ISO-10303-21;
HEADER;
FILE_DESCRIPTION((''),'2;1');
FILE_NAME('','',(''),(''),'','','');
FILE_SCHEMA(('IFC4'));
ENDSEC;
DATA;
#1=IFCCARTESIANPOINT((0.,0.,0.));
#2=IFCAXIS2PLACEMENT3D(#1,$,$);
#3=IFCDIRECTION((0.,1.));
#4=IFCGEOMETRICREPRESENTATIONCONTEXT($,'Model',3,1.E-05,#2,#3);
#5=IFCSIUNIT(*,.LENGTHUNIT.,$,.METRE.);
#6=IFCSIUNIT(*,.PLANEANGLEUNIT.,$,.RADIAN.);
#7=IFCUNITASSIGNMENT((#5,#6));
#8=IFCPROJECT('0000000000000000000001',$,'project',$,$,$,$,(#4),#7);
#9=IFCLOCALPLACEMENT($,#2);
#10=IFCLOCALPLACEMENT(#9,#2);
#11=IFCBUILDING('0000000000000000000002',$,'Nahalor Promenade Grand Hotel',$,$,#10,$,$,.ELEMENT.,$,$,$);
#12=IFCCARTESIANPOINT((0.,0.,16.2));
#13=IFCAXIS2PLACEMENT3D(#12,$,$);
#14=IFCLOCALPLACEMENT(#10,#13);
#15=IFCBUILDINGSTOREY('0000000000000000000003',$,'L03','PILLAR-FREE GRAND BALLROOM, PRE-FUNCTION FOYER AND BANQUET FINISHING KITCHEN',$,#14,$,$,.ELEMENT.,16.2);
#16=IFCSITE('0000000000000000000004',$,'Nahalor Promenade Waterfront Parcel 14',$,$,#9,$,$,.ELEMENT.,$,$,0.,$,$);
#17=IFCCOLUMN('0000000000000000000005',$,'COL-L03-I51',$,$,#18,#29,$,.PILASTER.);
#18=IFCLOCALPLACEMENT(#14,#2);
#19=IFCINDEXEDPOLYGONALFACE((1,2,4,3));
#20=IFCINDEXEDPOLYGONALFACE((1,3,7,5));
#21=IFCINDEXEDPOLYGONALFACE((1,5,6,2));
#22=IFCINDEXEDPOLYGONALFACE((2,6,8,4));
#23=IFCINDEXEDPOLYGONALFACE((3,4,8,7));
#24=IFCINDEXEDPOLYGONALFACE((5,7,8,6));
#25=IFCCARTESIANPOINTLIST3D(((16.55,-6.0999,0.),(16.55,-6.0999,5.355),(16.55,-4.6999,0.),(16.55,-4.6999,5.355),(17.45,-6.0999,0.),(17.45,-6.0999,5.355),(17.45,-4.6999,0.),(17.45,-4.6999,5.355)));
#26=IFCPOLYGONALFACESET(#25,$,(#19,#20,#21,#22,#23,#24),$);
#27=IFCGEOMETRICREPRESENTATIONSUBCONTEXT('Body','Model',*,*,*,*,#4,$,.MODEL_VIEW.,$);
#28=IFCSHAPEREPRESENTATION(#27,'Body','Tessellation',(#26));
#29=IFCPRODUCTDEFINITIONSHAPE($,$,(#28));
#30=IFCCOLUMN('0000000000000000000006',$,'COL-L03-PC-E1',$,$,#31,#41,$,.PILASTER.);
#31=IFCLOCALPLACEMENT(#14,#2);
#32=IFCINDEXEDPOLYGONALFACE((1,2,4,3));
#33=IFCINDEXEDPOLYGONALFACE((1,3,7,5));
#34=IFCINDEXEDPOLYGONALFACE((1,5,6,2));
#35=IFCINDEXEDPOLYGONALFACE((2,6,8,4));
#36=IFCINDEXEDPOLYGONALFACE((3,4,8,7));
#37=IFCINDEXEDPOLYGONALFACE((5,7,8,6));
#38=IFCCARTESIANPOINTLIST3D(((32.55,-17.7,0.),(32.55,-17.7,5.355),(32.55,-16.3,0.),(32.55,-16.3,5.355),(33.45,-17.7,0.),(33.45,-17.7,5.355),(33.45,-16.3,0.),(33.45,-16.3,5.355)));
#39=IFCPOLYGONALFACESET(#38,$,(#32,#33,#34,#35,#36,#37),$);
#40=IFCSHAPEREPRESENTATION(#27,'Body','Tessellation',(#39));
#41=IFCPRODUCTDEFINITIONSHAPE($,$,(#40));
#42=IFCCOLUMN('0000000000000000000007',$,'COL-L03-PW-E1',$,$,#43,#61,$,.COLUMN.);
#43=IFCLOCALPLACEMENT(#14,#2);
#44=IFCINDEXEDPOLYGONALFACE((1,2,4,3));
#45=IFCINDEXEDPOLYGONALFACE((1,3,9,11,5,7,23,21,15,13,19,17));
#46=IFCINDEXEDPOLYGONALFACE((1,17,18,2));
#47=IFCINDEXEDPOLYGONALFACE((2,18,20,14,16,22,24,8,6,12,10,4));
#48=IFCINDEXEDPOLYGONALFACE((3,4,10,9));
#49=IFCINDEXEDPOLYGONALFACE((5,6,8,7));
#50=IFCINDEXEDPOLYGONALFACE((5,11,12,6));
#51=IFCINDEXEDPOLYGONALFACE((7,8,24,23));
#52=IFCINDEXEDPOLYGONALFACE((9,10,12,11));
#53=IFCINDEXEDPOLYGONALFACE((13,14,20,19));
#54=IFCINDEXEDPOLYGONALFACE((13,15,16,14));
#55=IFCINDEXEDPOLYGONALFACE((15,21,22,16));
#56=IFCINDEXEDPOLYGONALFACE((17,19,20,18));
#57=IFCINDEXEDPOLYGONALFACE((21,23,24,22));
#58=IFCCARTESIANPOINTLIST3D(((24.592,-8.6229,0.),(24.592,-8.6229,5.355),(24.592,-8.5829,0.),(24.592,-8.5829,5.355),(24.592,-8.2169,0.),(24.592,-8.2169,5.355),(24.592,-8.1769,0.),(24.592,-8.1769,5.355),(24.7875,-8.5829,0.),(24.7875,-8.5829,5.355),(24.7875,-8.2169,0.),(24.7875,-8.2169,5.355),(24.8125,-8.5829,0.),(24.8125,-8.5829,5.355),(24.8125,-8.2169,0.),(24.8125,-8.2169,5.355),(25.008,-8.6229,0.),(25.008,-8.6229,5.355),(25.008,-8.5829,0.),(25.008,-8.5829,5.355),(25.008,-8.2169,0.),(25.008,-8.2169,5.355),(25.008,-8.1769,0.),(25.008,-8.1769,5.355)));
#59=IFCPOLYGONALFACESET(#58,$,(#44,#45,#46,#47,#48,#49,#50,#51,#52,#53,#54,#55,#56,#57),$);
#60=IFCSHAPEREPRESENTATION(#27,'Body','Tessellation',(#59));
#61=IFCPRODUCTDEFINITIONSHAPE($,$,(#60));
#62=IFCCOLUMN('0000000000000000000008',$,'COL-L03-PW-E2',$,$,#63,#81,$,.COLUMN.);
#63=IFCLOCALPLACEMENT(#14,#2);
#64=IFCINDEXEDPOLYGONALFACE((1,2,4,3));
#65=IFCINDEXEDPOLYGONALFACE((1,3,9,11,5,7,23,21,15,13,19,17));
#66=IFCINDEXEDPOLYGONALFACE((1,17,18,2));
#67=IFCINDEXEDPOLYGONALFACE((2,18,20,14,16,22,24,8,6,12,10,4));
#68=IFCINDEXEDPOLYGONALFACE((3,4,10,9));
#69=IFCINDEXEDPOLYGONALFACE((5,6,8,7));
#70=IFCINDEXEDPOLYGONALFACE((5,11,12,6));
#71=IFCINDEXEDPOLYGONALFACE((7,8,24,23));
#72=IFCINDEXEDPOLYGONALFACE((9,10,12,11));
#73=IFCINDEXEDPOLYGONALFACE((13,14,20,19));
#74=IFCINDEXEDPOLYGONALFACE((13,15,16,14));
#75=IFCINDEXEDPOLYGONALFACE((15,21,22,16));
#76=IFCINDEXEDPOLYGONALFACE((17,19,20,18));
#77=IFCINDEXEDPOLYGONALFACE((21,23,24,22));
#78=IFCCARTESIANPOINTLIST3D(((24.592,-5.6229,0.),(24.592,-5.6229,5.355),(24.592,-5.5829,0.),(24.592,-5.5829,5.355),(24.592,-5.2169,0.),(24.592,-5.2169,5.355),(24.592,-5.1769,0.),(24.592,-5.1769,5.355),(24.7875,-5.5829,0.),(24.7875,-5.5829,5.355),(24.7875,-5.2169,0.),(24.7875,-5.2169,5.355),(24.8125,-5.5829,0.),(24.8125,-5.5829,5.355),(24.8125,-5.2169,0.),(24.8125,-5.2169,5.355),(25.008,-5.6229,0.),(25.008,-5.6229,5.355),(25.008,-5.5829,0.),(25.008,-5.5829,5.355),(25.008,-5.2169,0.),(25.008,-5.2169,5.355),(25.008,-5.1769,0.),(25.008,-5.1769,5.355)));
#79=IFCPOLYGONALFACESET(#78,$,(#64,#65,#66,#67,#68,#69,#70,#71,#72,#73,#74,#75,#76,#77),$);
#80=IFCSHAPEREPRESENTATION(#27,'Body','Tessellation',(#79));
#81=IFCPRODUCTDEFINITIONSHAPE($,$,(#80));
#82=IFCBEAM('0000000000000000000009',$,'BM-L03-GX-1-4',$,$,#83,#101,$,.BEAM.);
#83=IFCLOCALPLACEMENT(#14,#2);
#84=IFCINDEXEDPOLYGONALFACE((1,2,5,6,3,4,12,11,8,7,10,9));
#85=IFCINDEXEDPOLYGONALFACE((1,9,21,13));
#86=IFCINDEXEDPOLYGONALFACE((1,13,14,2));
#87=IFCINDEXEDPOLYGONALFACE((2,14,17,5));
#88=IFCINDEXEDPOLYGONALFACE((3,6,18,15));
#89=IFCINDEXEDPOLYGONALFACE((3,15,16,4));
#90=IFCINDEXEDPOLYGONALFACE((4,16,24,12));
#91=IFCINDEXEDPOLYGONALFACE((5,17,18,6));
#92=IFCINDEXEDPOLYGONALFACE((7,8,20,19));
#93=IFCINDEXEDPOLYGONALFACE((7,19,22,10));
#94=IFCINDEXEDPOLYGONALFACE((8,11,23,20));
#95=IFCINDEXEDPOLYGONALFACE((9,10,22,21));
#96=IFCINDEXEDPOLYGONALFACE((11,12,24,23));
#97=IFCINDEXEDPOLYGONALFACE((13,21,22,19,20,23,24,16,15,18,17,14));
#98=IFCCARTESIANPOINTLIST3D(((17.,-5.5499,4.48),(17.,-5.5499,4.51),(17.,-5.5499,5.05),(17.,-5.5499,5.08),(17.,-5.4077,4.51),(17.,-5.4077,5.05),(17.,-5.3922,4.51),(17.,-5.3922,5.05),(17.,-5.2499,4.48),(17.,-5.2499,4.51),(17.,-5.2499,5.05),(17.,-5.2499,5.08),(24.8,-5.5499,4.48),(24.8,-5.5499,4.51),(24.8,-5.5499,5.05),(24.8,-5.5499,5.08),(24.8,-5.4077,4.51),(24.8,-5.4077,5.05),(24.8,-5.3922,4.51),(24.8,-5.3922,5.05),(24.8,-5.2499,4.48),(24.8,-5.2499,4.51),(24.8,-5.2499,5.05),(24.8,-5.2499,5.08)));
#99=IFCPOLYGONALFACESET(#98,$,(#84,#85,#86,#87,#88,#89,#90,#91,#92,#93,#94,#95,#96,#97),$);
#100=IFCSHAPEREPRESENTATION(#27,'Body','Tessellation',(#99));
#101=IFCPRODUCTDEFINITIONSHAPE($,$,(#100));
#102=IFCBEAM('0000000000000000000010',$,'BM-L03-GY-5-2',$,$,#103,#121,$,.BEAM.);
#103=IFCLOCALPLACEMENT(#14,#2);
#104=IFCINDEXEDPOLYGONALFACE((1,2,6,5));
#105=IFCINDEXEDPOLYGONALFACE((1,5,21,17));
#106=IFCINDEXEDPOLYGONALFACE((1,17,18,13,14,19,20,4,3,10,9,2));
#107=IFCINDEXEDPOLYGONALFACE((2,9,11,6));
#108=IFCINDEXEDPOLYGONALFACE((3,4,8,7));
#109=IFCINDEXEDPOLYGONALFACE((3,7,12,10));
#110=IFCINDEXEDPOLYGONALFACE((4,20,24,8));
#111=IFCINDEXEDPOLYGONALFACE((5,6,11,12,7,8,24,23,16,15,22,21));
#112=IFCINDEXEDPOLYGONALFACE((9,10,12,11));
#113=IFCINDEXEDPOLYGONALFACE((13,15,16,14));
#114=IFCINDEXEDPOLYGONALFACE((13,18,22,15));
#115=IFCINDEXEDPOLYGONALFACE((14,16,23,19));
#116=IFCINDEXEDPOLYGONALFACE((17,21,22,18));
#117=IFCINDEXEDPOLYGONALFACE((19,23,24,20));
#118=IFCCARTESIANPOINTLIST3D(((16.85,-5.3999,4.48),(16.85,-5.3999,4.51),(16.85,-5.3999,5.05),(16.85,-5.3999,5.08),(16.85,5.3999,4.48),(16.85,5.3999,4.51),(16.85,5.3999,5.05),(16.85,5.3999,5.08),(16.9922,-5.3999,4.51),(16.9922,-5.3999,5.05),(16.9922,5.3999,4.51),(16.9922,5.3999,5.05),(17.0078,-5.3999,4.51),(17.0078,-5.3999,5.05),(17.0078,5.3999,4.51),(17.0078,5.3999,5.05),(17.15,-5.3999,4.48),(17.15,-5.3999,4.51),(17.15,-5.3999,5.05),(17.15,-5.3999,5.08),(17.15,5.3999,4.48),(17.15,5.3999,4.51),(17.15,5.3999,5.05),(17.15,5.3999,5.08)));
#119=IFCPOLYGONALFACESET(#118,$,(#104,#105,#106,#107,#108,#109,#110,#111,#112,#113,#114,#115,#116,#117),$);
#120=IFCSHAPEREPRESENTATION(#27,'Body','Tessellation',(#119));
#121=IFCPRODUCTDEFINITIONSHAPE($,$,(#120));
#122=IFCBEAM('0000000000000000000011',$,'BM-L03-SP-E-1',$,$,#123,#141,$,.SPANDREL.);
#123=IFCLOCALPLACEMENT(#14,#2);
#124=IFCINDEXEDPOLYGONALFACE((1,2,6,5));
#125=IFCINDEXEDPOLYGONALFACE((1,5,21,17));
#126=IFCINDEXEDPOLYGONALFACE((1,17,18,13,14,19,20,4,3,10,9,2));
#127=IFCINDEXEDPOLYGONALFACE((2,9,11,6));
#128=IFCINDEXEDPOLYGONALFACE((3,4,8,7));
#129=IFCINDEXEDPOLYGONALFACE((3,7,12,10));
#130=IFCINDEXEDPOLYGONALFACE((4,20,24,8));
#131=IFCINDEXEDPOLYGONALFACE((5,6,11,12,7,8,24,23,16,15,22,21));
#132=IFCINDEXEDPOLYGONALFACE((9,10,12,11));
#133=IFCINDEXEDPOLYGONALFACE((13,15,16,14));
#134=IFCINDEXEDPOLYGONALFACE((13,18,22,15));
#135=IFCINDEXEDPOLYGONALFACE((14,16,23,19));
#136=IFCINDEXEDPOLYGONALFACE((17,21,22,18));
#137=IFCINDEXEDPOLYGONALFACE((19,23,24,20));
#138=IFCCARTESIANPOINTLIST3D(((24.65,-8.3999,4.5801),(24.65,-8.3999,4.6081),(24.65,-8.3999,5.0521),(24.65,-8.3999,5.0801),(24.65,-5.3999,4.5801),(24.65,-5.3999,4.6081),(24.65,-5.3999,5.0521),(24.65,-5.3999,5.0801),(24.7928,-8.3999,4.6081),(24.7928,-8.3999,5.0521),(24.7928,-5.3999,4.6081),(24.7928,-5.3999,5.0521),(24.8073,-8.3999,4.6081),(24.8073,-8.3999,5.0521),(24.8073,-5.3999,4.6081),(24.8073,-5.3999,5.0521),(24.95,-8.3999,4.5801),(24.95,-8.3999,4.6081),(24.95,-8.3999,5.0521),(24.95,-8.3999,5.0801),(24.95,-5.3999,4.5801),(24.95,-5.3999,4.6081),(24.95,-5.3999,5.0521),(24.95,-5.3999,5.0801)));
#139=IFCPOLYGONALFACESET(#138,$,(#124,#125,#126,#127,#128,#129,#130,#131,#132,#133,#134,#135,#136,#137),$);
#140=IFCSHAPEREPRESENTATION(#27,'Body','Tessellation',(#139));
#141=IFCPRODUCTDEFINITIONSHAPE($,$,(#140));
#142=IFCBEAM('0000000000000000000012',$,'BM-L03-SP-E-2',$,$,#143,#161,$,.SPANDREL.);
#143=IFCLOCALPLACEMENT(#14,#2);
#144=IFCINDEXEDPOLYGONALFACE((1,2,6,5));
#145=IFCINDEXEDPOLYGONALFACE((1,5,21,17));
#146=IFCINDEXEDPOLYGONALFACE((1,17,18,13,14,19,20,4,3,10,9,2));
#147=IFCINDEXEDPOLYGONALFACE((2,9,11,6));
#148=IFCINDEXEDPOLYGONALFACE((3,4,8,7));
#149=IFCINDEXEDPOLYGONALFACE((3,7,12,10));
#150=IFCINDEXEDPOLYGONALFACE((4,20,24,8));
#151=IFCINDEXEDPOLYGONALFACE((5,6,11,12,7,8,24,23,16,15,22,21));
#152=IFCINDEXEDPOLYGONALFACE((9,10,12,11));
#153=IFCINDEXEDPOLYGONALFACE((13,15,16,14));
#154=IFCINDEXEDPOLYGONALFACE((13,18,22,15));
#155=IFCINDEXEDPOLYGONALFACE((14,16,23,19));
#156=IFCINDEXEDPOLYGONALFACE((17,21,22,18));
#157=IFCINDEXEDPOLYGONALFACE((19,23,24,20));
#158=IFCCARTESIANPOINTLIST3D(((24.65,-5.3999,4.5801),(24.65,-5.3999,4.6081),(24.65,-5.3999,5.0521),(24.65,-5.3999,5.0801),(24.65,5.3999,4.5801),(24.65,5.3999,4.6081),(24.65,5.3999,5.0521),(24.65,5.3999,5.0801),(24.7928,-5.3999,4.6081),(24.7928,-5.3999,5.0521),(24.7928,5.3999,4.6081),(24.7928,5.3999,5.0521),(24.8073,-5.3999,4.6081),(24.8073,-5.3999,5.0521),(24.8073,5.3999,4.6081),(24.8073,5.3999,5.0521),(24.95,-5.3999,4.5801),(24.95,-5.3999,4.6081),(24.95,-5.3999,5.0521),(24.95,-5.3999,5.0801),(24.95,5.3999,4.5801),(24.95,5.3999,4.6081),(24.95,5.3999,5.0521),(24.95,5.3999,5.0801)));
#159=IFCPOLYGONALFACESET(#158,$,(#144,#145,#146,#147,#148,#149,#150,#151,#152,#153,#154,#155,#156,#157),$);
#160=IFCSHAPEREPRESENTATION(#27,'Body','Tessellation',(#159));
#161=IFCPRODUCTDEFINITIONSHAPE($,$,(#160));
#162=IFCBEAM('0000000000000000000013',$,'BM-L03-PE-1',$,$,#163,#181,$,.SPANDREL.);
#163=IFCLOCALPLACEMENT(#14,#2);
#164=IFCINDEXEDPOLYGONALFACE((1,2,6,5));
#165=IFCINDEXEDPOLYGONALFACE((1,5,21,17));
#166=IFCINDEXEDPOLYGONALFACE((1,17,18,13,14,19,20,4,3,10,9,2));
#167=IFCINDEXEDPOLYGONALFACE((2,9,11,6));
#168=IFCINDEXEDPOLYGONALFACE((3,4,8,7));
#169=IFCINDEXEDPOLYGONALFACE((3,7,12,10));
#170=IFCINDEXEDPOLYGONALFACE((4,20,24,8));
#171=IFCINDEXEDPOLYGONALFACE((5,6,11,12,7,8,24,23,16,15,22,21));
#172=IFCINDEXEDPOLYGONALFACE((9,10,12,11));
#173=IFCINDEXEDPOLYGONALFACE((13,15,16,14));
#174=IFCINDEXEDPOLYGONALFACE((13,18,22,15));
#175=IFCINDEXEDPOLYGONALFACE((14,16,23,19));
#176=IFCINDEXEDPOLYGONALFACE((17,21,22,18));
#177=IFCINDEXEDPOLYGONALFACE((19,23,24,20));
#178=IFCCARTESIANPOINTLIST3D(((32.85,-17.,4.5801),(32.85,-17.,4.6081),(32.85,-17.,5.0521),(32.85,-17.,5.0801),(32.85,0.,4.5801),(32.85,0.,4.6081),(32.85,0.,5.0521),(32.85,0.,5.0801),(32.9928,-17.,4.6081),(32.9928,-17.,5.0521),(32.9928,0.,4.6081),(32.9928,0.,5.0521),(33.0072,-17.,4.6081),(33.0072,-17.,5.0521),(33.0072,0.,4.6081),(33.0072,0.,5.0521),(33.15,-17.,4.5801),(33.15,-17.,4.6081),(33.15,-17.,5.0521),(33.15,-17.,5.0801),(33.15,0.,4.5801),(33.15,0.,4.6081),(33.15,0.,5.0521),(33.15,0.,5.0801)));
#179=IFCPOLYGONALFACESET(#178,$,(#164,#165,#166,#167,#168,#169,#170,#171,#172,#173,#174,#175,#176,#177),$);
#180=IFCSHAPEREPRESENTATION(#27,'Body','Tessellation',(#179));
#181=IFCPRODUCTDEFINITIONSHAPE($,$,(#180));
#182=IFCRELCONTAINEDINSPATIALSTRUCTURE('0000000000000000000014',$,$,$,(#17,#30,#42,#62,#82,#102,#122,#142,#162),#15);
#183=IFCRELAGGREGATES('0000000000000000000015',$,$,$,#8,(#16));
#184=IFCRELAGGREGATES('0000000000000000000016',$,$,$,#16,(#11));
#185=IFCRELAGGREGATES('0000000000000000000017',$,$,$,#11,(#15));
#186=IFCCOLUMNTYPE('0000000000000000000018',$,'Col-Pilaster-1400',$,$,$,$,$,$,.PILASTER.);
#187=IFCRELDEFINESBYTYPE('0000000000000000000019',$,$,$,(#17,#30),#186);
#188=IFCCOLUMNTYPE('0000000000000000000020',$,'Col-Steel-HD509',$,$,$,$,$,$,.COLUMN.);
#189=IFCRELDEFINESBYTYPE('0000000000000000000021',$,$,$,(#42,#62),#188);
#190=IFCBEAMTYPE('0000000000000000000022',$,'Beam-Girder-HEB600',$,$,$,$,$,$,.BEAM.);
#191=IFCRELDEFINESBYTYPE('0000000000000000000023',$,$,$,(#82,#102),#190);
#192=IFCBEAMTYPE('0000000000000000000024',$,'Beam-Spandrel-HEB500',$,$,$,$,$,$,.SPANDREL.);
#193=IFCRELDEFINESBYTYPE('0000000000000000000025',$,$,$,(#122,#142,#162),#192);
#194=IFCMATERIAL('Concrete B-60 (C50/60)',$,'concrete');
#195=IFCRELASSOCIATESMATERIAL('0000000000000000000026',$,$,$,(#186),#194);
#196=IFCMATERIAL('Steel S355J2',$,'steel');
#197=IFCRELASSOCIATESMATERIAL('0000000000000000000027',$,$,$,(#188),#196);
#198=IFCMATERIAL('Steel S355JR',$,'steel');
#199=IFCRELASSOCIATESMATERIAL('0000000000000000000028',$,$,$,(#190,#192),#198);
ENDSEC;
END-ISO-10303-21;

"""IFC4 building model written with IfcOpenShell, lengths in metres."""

from ifc_helpers import new_model, si_unit, direction, frame, origin, origin_2d, place, context, subcontext, project, spatial, rectangle, i_section, extrude, source, transform, mapped, material, material_profile, profile_set, type_object, element, save


model = new_model("IFC4")

# Units and contexts
model_context = context("Model", 3, precision=1e-05, world=origin(), true_north=direction((0.0, 1.0)))
body_context = subcontext(model_context, "Body", "Model", "MODEL_VIEW")
ifc_project = project(units=[si_unit("LENGTHUNIT", "METRE"), si_unit("PLANEANGLEUNIT", "RADIAN")], contexts=[model_context])

# Site, building, storey
site_placement = place(None, origin())
site = spatial("IfcSite", under=ifc_project, at=site_placement, Name="Nahalor Promenade Waterfront Parcel 14", CompositionType="ELEMENT", RefElevation=0.0)
building_placement = place(site_placement, origin())
building = spatial("IfcBuilding", under=site, at=building_placement, Name="Nahalor Promenade Grand Hotel", CompositionType="ELEMENT")
storey_placement = place(building_placement, frame((0.0, 0.0, 16.2)))
storey = spatial("IfcBuildingStorey", under=building, at=storey_placement, Name="L03", Description="PILLAR-FREE GRAND BALLROOM, PRE-FUNCTION FOYER AND BANQUET FINISHING KITCHEN", CompositionType="ELEMENT", Elevation=16.2)

# Columns
ifc_material_1 = material(Name="Concrete B-60 (C50/60)", Category="concrete")
ifc_material_profile_1 = material_profile(ifc_material_1, rectangle(XDim=0.9, YDim=1.4, at=origin_2d()), Name="RC 900x1400")
ifc_profile_set_1 = profile_set([ifc_material_profile_1], Name="Concrete B-60 (C50/60)")
column_type_1 = type_object("IfcColumnType", Name="Col-Pilaster-1400", PredefinedType="PILASTER", material=ifc_profile_set_1)
shared_shape_1 = source(origin(), body_context, "Body", "SweptSolid", [
    extrude(rectangle(XDim=0.9, YDim=1.4, at=origin_2d()), origin(), (0.0, 0.0, 1.0), 5.355),
])
for number, where, z_axis, x_axis, name in (
    (1, (17.0, -5.3999, 0.0), (0.0, 0.0, 1.0), (1.0, 0.0, 0.0), "COL-L03-I51"),
    (2, (33.0, -17.0, 0.0), (0.0, 0.0, 1.0), (1.0, 0.0, 0.0), "COL-L03-PC-E1"),
):
    element("IfcColumn", number, at=place(storey_placement, frame(where, z_axis=z_axis, x_axis=x_axis)), inside=storey, type_object=column_type_1, Name=name, PredefinedType="PILASTER", context=body_context, shape_type="MappedRepresentation", body=[
        mapped(shared_shape_1, transform((0.0, 0.0, 0.0), scale=1.0)),
    ])
ifc_material_2 = material(Name="Steel S355J2", Category="steel")
ifc_material_profile_2 = material_profile(ifc_material_2, i_section(OverallWidth=0.416, OverallDepth=0.446, WebThickness=0.025, FlangeThickness=0.04, at=origin_2d()), Name="HD 400x509")
ifc_profile_set_2 = profile_set([ifc_material_profile_2], Name="Steel S355J2")
column_type_2 = type_object("IfcColumnType", Name="Col-Steel-HD509", PredefinedType="COLUMN", material=ifc_profile_set_2)
shared_shape_2 = source(origin(), body_context, "Body", "SweptSolid", [
    extrude(i_section(OverallWidth=0.416, OverallDepth=0.446, WebThickness=0.025, FlangeThickness=0.04, at=origin_2d()), origin(), (0.0, 0.0, 1.0), 5.355),
])
for number, where, z_axis, x_axis, name in (
    (3, (24.8, -8.3999, 0.0), (0.0, 0.0, 1.0), (1.0, 0.0, 0.0), "COL-L03-PW-E1"),
    (4, (24.8, -5.3999, 0.0), (0.0, 0.0, 1.0), (1.0, 0.0, 0.0), "COL-L03-PW-E2"),
):
    element("IfcColumn", number, at=place(storey_placement, frame(where, z_axis=z_axis, x_axis=x_axis)), inside=storey, type_object=column_type_2, Name=name, PredefinedType="COLUMN", context=body_context, shape_type="MappedRepresentation", body=[
        mapped(shared_shape_2, transform((0.0, 0.0, 0.0), scale=1.0)),
    ])

# Beams
ifc_material_3 = material(Name="Steel S355JR", Category="steel")
ifc_material_profile_3 = material_profile(ifc_material_3, i_section(OverallWidth=0.3, OverallDepth=0.6, WebThickness=0.0155, FlangeThickness=0.03, at=origin_2d()), Name="HEB 600")
ifc_profile_set_3 = profile_set([ifc_material_profile_3], Name="Steel S355JR")
beam_type_1 = type_object("IfcBeamType", Name="Beam-Girder-HEB600", PredefinedType="BEAM", material=ifc_profile_set_3)
shared_shape_3 = source(origin(), body_context, "Body", "SweptSolid", [
    extrude(i_section(OverallWidth=0.3, OverallDepth=0.6, WebThickness=0.0155, FlangeThickness=0.03, at=origin_2d()), origin(), (0.0, 0.0, 1.0), 7.8),
])
beam_1_placement = place(storey_placement, frame((17.0, -5.3999, 4.78), z_axis=(1.0, 0.0, 0.0), x_axis=(0.0, 1.0, 0.0)))
element("IfcBeam", 5, at=beam_1_placement, inside=storey, type_object=beam_type_1, Name="BM-L03-GX-1-4", PredefinedType="BEAM", context=body_context, shape_type="MappedRepresentation", body=[
    mapped(shared_shape_3, transform((0.0, 0.0, 0.0), scale=1.0)),
])
shared_shape_4 = source(origin(), body_context, "Body", "SweptSolid", [
    extrude(i_section(OverallWidth=0.3, OverallDepth=0.6, WebThickness=0.0155, FlangeThickness=0.03, at=origin_2d()), origin(), (0.0, 0.0, 1.0), 10.7998),
])
beam_2_placement = place(storey_placement, frame((17.0, -5.3999, 4.78), z_axis=(0.0, 1.0, 0.0), x_axis=(-1.0, 0.0, 0.0)))
element("IfcBeam", 6, at=beam_2_placement, inside=storey, type_object=beam_type_1, Name="BM-L03-GY-5-2", PredefinedType="BEAM", context=body_context, shape_type="MappedRepresentation", body=[
    mapped(shared_shape_4, transform((0.0, 0.0, 0.0), scale=1.0)),
])
ifc_material_profile_4 = material_profile(ifc_material_3, i_section(OverallWidth=0.3, OverallDepth=0.5, WebThickness=0.0145, FlangeThickness=0.028, at=origin_2d()), Name="HEB 500")
ifc_profile_set_4 = profile_set([ifc_material_profile_4], Name="Steel S355JR")
beam_type_2 = type_object("IfcBeamType", Name="Beam-Spandrel-HEB500", PredefinedType="SPANDREL", material=ifc_profile_set_4)
shared_shape_5 = source(origin(), body_context, "Body", "SweptSolid", [
    extrude(i_section(OverallWidth=0.3, OverallDepth=0.5, WebThickness=0.0145, FlangeThickness=0.028, at=origin_2d()), origin(), (0.0, 0.0, 1.0), 3.0),
])
beam_3_placement = place(storey_placement, frame((24.8, -8.3999, 4.8301), z_axis=(0.0, 1.0, 0.0), x_axis=(-1.0, 0.0, 0.0)))
element("IfcBeam", 7, at=beam_3_placement, inside=storey, type_object=beam_type_2, Name="BM-L03-SP-E-1", PredefinedType="SPANDREL", context=body_context, shape_type="MappedRepresentation", body=[
    mapped(shared_shape_5, transform((0.0, 0.0, 0.0), scale=1.0)),
])
shared_shape_6 = source(origin(), body_context, "Body", "SweptSolid", [
    extrude(i_section(OverallWidth=0.3, OverallDepth=0.5, WebThickness=0.0145, FlangeThickness=0.028, at=origin_2d()), origin(), (0.0, 0.0, 1.0), 10.7998),
])
beam_4_placement = place(storey_placement, frame((24.8, -5.3999, 4.8301), z_axis=(0.0, 1.0, 0.0), x_axis=(-1.0, 0.0, 0.0)))
element("IfcBeam", 8, at=beam_4_placement, inside=storey, type_object=beam_type_2, Name="BM-L03-SP-E-2", PredefinedType="SPANDREL", context=body_context, shape_type="MappedRepresentation", body=[
    mapped(shared_shape_6, transform((0.0, 0.0, 0.0), scale=1.0)),
])
shared_shape_7 = source(origin(), body_context, "Body", "SweptSolid", [
    extrude(i_section(OverallWidth=0.3, OverallDepth=0.5, WebThickness=0.0145, FlangeThickness=0.028, at=origin_2d()), origin(), (0.0, 0.0, 1.0), 17.0),
])
beam_5_placement = place(storey_placement, frame((33.0, -17.0, 4.8301), z_axis=(0.0, 1.0, 0.0), x_axis=(-1.0, 0.0, 0.0)))
element("IfcBeam", 9, at=beam_5_placement, inside=storey, type_object=beam_type_2, Name="BM-L03-PE-1", PredefinedType="SPANDREL", context=body_context, shape_type="MappedRepresentation", body=[
    mapped(shared_shape_7, transform((0.0, 0.0, 0.0), scale=1.0)),
])

save(model, "model.ifc")
